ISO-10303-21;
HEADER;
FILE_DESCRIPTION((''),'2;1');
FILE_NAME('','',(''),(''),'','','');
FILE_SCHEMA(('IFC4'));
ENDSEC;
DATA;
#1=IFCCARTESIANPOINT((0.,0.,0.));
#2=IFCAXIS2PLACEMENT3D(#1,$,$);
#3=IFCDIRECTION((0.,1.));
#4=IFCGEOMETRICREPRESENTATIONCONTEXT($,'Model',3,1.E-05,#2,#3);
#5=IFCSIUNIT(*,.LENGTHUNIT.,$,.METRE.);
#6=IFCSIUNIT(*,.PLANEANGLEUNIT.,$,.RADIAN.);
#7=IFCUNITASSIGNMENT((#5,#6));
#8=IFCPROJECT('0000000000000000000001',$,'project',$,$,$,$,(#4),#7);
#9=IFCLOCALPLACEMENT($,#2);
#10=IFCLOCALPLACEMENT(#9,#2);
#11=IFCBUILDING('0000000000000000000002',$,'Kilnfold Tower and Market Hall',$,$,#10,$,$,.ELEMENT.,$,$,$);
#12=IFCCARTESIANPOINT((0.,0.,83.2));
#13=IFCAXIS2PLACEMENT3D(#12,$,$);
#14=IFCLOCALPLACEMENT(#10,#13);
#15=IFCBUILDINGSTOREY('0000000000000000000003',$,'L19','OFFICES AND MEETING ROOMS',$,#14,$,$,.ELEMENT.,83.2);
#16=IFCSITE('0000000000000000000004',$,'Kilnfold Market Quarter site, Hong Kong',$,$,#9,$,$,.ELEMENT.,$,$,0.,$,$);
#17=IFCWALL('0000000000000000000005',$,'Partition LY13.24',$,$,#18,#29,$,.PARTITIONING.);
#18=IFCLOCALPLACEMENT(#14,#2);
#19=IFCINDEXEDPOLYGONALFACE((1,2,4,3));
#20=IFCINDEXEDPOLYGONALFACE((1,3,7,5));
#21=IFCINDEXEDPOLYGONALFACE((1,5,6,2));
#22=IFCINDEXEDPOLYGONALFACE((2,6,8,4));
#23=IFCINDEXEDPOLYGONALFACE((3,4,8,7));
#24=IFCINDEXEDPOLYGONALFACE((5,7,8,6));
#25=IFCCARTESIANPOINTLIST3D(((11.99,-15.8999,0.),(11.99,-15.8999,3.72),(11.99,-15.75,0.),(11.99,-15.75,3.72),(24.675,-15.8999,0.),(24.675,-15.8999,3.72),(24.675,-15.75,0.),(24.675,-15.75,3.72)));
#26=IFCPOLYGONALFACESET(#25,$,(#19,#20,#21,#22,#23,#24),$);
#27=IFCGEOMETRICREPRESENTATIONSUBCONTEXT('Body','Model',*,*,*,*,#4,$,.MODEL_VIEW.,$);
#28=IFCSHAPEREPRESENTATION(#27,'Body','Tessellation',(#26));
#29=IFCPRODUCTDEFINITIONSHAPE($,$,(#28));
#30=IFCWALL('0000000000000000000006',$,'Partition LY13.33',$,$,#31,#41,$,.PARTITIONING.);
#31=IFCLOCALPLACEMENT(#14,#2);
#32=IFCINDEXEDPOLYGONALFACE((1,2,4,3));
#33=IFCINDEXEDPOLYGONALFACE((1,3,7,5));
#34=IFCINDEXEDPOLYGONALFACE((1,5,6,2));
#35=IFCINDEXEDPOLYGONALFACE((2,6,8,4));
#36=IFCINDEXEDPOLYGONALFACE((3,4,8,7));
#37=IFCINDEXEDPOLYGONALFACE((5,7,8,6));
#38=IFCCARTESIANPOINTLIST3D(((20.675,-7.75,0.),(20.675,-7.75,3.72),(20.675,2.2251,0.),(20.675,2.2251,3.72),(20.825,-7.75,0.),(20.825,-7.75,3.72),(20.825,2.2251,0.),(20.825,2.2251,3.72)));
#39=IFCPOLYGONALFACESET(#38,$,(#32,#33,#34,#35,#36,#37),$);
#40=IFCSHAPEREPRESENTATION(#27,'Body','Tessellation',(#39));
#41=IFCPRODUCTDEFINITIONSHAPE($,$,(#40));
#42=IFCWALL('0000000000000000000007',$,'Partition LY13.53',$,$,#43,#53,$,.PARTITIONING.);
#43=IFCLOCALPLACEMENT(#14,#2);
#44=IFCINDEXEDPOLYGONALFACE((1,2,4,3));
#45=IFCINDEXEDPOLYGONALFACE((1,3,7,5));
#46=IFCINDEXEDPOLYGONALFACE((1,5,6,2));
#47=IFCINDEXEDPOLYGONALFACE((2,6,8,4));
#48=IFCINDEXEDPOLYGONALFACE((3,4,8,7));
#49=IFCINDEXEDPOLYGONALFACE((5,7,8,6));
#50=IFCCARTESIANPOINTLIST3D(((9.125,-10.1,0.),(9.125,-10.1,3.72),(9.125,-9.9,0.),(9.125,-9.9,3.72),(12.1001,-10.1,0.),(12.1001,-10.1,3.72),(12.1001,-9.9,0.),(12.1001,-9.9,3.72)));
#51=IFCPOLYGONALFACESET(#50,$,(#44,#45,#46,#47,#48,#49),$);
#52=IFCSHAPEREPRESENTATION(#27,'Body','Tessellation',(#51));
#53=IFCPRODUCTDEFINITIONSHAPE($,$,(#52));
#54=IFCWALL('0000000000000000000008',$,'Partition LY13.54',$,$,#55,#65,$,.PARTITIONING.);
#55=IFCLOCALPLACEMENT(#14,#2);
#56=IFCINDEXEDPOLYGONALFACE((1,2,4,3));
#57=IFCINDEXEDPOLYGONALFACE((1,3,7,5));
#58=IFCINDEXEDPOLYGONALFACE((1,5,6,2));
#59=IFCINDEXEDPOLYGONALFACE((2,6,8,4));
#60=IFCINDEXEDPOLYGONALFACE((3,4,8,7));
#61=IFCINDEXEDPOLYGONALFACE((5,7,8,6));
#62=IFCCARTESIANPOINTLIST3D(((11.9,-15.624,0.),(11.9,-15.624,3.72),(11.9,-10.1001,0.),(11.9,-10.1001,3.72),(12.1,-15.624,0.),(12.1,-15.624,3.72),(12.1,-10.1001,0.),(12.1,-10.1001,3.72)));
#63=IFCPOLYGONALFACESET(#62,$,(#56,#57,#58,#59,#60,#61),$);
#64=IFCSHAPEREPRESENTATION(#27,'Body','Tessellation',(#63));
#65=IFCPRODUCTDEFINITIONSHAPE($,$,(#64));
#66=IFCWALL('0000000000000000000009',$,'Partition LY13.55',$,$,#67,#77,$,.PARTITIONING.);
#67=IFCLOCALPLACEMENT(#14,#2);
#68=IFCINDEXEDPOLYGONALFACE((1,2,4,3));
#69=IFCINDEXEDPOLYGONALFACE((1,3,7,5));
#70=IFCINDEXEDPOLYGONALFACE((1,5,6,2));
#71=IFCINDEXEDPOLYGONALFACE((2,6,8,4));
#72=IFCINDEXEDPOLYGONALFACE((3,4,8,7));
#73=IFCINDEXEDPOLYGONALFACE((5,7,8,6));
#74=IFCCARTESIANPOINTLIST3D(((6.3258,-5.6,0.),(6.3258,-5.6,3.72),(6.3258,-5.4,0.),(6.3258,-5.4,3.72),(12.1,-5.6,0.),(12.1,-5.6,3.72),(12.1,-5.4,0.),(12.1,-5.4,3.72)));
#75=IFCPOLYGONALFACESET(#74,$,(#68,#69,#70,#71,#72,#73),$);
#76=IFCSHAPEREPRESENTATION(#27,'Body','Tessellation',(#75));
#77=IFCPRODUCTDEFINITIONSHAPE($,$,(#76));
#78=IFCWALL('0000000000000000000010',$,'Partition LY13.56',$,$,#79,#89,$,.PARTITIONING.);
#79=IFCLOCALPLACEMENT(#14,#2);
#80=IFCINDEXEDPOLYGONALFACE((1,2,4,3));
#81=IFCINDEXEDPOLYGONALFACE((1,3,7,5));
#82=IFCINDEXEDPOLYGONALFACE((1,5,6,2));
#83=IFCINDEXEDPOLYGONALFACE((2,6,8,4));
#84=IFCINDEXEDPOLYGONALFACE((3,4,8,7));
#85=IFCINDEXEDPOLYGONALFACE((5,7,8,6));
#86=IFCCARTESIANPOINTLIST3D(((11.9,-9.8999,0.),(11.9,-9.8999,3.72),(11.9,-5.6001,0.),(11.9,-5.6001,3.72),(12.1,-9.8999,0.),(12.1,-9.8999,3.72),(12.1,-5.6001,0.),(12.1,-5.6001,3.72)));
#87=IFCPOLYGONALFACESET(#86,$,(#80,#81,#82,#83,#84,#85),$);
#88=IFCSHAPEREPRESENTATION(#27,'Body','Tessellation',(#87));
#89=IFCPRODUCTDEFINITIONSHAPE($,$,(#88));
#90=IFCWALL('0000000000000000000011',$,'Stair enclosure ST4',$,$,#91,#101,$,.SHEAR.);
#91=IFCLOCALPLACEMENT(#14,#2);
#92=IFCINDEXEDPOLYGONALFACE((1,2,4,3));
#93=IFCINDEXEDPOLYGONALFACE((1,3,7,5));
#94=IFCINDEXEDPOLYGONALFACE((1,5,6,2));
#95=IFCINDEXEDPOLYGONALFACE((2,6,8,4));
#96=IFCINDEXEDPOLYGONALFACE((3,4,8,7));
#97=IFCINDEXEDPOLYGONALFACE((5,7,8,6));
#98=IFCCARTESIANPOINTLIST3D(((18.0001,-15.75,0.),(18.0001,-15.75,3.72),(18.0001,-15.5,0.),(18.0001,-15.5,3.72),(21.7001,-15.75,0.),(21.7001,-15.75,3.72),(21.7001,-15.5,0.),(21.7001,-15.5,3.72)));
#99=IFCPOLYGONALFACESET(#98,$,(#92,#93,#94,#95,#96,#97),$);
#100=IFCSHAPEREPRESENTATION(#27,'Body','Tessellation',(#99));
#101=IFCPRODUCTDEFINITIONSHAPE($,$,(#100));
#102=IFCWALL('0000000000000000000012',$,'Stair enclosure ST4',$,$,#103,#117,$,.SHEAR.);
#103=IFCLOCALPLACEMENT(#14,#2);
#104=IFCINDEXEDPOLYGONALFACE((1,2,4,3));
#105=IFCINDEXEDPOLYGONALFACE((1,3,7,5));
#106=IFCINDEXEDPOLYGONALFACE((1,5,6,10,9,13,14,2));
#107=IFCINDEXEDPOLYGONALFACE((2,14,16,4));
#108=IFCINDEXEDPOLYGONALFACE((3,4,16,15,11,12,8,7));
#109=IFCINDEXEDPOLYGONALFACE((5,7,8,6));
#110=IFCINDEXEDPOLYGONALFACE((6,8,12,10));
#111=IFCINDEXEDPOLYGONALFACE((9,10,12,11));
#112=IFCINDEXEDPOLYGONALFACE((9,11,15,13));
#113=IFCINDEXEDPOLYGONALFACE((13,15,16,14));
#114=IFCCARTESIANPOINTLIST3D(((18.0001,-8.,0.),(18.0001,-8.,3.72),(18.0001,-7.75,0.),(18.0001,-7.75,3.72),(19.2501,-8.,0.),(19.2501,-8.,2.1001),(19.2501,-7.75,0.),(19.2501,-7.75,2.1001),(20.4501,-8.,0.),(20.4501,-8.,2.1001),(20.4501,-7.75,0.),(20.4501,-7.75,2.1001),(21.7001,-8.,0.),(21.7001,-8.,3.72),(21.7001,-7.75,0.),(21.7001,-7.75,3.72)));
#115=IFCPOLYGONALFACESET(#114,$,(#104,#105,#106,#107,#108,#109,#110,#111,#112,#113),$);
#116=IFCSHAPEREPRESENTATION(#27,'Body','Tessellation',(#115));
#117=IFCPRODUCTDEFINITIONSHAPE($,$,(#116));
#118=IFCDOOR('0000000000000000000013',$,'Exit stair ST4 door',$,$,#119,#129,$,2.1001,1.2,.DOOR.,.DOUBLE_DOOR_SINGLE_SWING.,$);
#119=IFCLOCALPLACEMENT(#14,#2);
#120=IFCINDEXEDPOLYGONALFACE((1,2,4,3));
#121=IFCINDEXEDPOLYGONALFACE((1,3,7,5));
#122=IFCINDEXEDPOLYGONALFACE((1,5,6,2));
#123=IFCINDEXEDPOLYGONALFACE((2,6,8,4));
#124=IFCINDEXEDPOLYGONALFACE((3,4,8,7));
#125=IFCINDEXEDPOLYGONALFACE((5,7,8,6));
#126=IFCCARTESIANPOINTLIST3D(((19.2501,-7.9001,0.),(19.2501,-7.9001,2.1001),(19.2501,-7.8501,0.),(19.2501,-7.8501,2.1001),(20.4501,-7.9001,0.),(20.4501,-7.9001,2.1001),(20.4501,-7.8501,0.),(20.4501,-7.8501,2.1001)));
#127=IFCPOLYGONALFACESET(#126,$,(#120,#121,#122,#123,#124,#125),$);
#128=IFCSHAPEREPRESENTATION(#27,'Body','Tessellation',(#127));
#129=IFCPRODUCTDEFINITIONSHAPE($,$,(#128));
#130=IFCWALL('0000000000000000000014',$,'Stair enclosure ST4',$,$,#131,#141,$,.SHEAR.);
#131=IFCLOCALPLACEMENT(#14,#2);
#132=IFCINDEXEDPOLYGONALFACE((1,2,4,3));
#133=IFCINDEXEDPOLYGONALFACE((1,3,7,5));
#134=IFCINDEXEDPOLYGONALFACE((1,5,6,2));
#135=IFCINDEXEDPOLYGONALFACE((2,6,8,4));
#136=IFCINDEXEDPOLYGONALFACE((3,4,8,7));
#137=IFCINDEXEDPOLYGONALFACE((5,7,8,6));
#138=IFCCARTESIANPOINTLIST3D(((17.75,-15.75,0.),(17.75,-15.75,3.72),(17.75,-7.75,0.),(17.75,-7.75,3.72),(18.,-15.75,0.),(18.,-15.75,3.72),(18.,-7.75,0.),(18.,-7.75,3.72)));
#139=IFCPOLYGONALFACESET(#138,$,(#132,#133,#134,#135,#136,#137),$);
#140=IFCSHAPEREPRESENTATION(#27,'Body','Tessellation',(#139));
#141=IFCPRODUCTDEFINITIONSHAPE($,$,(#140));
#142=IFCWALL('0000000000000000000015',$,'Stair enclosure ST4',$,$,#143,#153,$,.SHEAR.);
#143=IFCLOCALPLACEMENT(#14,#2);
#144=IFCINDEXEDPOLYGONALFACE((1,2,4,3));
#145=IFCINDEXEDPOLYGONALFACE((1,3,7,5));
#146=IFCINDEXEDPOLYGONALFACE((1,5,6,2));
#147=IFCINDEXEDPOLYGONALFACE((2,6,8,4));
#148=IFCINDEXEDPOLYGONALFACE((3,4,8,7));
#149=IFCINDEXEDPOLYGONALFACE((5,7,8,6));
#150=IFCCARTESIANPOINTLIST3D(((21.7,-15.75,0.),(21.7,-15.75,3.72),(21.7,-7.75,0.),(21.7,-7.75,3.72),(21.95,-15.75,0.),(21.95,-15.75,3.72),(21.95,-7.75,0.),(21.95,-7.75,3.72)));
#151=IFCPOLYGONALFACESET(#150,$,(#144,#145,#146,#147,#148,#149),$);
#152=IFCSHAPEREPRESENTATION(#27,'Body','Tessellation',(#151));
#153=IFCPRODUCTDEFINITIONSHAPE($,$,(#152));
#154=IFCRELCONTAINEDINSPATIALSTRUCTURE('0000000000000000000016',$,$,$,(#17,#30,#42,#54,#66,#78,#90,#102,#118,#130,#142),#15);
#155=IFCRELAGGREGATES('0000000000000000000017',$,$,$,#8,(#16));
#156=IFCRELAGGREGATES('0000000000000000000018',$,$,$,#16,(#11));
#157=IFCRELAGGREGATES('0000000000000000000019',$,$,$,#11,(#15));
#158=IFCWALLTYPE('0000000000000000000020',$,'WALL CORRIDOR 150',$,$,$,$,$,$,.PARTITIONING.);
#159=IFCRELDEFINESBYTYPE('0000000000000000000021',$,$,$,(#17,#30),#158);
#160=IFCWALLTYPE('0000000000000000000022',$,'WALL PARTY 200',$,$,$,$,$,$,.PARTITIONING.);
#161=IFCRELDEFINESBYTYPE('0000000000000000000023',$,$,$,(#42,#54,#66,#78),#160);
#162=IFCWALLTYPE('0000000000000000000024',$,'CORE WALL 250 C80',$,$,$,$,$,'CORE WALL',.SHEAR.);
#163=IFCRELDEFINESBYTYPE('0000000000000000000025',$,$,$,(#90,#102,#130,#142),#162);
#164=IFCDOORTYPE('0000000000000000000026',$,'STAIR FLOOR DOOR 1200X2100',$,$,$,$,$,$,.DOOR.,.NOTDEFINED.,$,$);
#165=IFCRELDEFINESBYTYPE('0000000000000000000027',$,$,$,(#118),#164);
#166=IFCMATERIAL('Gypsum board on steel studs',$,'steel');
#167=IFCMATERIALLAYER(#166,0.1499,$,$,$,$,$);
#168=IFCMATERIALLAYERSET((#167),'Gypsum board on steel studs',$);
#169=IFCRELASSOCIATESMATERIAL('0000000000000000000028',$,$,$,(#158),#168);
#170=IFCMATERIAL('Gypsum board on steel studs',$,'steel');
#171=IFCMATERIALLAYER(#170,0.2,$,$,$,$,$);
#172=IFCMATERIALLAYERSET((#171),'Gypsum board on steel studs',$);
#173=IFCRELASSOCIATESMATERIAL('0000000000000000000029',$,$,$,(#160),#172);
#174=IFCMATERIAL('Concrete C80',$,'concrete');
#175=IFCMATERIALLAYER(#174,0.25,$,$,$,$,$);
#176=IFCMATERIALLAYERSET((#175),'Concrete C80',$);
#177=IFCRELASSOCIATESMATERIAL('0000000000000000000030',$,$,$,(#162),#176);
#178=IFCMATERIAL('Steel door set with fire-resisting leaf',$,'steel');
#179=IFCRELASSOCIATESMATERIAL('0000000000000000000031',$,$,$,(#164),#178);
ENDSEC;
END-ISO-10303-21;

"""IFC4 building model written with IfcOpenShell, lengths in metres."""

from ifc_helpers import new_model, si_unit, direction, frame, frame_2d, origin, place, context, subcontext, project, spatial, rectangle, extrude, source, transform, mapped, material, layer, layer_set, type_object, element, fill, save


model = new_model("IFC4")

# Units and contexts
model_context = context("Model", 3, precision=1e-05, world=origin(), true_north=direction((0.0, 1.0)))
body_context = subcontext(model_context, "Body", "Model", "MODEL_VIEW")
ifc_project = project(units=[si_unit("LENGTHUNIT", "METRE"), si_unit("PLANEANGLEUNIT", "RADIAN")], contexts=[model_context])

# Site, building, storey
site_placement = place(None, origin())
site = spatial("IfcSite", under=ifc_project, at=site_placement, Name="Kilnfold Market Quarter site, Hong Kong", CompositionType="ELEMENT", RefElevation=0.0)
building_placement = place(site_placement, origin())
building = spatial("IfcBuilding", under=site, at=building_placement, Name="Kilnfold Tower and Market Hall", CompositionType="ELEMENT")
storey_placement = place(building_placement, frame((0.0, 0.0, 83.2)))
storey = spatial("IfcBuildingStorey", under=building, at=storey_placement, Name="L19", Description="OFFICES AND MEETING ROOMS", CompositionType="ELEMENT", Elevation=83.2)

# Walls
ifc_material_1 = material(Name="Gypsum board on steel studs", Category="steel")
ifc_layer_1 = layer(ifc_material_1, 0.1499)
ifc_layer_set_1 = layer_set([ifc_layer_1], Name="Gypsum board on steel studs")
wall_type_1 = type_object("IfcWallType", Name="WALL CORRIDOR 150", PredefinedType="PARTITIONING", material=ifc_layer_set_1)
wall_1_placement = place(storey_placement, frame((11.99, -15.825, 0.0), z_axis=(0.0, 0.0, 1.0), x_axis=(1.0, 0.0, 0.0)))
element("IfcWall", 1, at=wall_1_placement, inside=storey, type_object=wall_type_1, Name="Partition LY13.24", PredefinedType="PARTITIONING", context=body_context, shape_type="SweptSolid", body=[
    extrude(rectangle(XDim=12.6851, YDim=0.1499, at=frame_2d((6.3425, 0.0))), origin(), (0.0, 0.0, 1.0), 3.72),
])
wall_2_placement = place(storey_placement, frame((20.75, -7.75, 0.0), z_axis=(0.0, 0.0, 1.0), x_axis=(0.0, 1.0, 0.0)))
element("IfcWall", 2, at=wall_2_placement, inside=storey, type_object=wall_type_1, Name="Partition LY13.33", PredefinedType="PARTITIONING", context=body_context, shape_type="SweptSolid", body=[
    extrude(rectangle(XDim=9.9751, YDim=0.1499, at=frame_2d((4.9875, 0.0))), origin(), (0.0, 0.0, 1.0), 3.72),
])
ifc_material_2 = material(Name="Gypsum board on steel studs", Category="steel")
ifc_layer_2 = layer(ifc_material_2, 0.2)
ifc_layer_set_2 = layer_set([ifc_layer_2], Name="Gypsum board on steel studs")
wall_type_2 = type_object("IfcWallType", Name="WALL PARTY 200", PredefinedType="PARTITIONING", material=ifc_layer_set_2)
wall_3_placement = place(storey_placement, frame((9.125, -10.0, 0.0), z_axis=(0.0, 0.0, 1.0), x_axis=(1.0, 0.0, 0.0)))
element("IfcWall", 3, at=wall_3_placement, inside=storey, type_object=wall_type_2, Name="Partition LY13.53", PredefinedType="PARTITIONING", context=body_context, shape_type="SweptSolid", body=[
    extrude(rectangle(XDim=2.9751, YDim=0.2, at=frame_2d((1.4875, 0.0))), origin(), (0.0, 0.0, 1.0), 3.72),
])
wall_4_placement = place(storey_placement, frame((12.0, -15.624, 0.0), z_axis=(0.0, 0.0, 1.0), x_axis=(0.0, 1.0, 0.0)))
element("IfcWall", 4, at=wall_4_placement, inside=storey, type_object=wall_type_2, Name="Partition LY13.54", PredefinedType="PARTITIONING", context=body_context, shape_type="SweptSolid", body=[
    extrude(rectangle(XDim=5.5239, YDim=0.2, at=frame_2d((2.762, 0.0))), origin(), (0.0, 0.0, 1.0), 3.72),
])
wall_5_placement = place(storey_placement, frame((12.1001, -5.5, 0.0), z_axis=(0.0, 0.0, 1.0), x_axis=(-1.0, 0.0, 0.0)))
element("IfcWall", 5, at=wall_5_placement, inside=storey, type_object=wall_type_2, Name="Partition LY13.55", PredefinedType="PARTITIONING", context=body_context, shape_type="SweptSolid", body=[
    extrude(rectangle(XDim=5.7742, YDim=0.2, at=frame_2d((2.8872, 0.0))), origin(), (0.0, 0.0, 1.0), 3.72),
])
wall_6_placement = place(storey_placement, frame((12.0, -9.8999, 0.0), z_axis=(0.0, 0.0, 1.0), x_axis=(0.0, 1.0, 0.0)))
element("IfcWall", 6, at=wall_6_placement, inside=storey, type_object=wall_type_2, Name="Partition LY13.56", PredefinedType="PARTITIONING", context=body_context, shape_type="SweptSolid", body=[
    extrude(rectangle(XDim=4.2998, YDim=0.2, at=frame_2d((2.1499, 0.0))), origin(), (0.0, 0.0, 1.0), 3.72),
])
ifc_material_3 = material(Name="Concrete C80", Category="concrete")
ifc_layer_3 = layer(ifc_material_3, 0.25)
ifc_layer_set_3 = layer_set([ifc_layer_3], Name="Concrete C80")
wall_type_3 = type_object("IfcWallType", Name="CORE WALL 250 C80", ElementType="CORE WALL", PredefinedType="SHEAR", material=ifc_layer_set_3)
shared_shape_1 = source(origin(), body_context, "Body", "SweptSolid", [
    extrude(rectangle(XDim=3.7, YDim=0.25, at=frame_2d((1.8501, 0.0))), origin(), (0.0, 0.0, 1.0), 3.72),
])
wall_7_placement = place(storey_placement, frame((18.0, -15.625, 0.0), z_axis=(0.0, 0.0, 1.0), x_axis=(1.0, 0.0, 0.0)))
element("IfcWall", 7, at=wall_7_placement, inside=storey, type_object=wall_type_3, Name="Stair enclosure ST4", PredefinedType="SHEAR", context=body_context, shape_type="MappedRepresentation", body=[
    mapped(shared_shape_1, transform((0.0, 0.0, 0.0))),
])

# Wall, opening, door
wall_8_placement = place(storey_placement, frame((18.0, -7.875, 0.0), z_axis=(0.0, 0.0, 1.0), x_axis=(1.0, 0.0, 0.0)))
wall_8 = element("IfcWall", 8, at=wall_8_placement, inside=storey, type_object=wall_type_3, Name="Stair enclosure ST4", PredefinedType="SHEAR", context=body_context, shape_type="MappedRepresentation", body=[
    mapped(shared_shape_1, transform((0.0, 0.0, 0.0))),
])
opening_placement = place(wall_8_placement, frame((1.25, 0.0, 0.0)))
opening = element("IfcOpeningElement", 9, at=opening_placement, cuts=wall_8, PredefinedType="OPENING", context=body_context, shape_type="SweptSolid", body=[
    extrude(rectangle(XDim=1.2, YDim=2.1001, at=frame_2d((0.6001, 1.05))), frame((0.0, 0.135, 0.0), z_axis=(0.0, -1.0, 0.0), x_axis=(1.0, 0.0, 0.0)), (0.0, 0.0, 1.0), 0.27),
])
ifc_material_4 = material(Name="Steel door set with fire-resisting leaf", Category="steel")
door_type = type_object("IfcDoorType", Name="STAIR FLOOR DOOR 1200X2100", OperationType="NOTDEFINED", PredefinedType="DOOR", material=ifc_material_4)
door_placement = place(opening_placement, origin())
door = element("IfcDoor", 10, at=door_placement, inside=storey, type_object=door_type, Name="Exit stair ST4 door", OperationType="DOUBLE_DOOR_SINGLE_SWING", OverallHeight=2.1001, OverallWidth=1.2, PredefinedType="DOOR", context=body_context, shape_type="SweptSolid", body=[
    extrude(rectangle(XDim=1.2, YDim=2.1001, at=frame_2d((0.6001, 1.05))), frame((0.0, 0.0249, 0.0), z_axis=(0.0, -1.0, 0.0), x_axis=(1.0, 0.0, 0.0)), (0.0, 0.0, 1.0), 0.05),
])
fill(opening, door)

# Walls
shared_shape_2 = source(origin(), body_context, "Body", "SweptSolid", [
    extrude(rectangle(XDim=8.0, YDim=0.25, at=frame_2d((4.0, 0.0))), origin(), (0.0, 0.0, 1.0), 3.72),
])
for number, where, z_axis, x_axis, name in (
    (11, (17.875, -15.75, 0.0), (0.0, 0.0, 1.0), (0.0, 1.0, 0.0), "Stair enclosure ST4"),
    (12, (21.825, -15.75, 0.0), (0.0, 0.0, 1.0), (0.0, 1.0, 0.0), "Stair enclosure ST4"),
):
    element("IfcWall", number, at=place(storey_placement, frame(where, z_axis=z_axis, x_axis=x_axis)), inside=storey, type_object=wall_type_3, Name=name, PredefinedType="SHEAR", context=body_context, shape_type="MappedRepresentation", body=[
        mapped(shared_shape_2, transform((0.0, 0.0, 0.0))),
    ])

save(model, "model.ifc")
